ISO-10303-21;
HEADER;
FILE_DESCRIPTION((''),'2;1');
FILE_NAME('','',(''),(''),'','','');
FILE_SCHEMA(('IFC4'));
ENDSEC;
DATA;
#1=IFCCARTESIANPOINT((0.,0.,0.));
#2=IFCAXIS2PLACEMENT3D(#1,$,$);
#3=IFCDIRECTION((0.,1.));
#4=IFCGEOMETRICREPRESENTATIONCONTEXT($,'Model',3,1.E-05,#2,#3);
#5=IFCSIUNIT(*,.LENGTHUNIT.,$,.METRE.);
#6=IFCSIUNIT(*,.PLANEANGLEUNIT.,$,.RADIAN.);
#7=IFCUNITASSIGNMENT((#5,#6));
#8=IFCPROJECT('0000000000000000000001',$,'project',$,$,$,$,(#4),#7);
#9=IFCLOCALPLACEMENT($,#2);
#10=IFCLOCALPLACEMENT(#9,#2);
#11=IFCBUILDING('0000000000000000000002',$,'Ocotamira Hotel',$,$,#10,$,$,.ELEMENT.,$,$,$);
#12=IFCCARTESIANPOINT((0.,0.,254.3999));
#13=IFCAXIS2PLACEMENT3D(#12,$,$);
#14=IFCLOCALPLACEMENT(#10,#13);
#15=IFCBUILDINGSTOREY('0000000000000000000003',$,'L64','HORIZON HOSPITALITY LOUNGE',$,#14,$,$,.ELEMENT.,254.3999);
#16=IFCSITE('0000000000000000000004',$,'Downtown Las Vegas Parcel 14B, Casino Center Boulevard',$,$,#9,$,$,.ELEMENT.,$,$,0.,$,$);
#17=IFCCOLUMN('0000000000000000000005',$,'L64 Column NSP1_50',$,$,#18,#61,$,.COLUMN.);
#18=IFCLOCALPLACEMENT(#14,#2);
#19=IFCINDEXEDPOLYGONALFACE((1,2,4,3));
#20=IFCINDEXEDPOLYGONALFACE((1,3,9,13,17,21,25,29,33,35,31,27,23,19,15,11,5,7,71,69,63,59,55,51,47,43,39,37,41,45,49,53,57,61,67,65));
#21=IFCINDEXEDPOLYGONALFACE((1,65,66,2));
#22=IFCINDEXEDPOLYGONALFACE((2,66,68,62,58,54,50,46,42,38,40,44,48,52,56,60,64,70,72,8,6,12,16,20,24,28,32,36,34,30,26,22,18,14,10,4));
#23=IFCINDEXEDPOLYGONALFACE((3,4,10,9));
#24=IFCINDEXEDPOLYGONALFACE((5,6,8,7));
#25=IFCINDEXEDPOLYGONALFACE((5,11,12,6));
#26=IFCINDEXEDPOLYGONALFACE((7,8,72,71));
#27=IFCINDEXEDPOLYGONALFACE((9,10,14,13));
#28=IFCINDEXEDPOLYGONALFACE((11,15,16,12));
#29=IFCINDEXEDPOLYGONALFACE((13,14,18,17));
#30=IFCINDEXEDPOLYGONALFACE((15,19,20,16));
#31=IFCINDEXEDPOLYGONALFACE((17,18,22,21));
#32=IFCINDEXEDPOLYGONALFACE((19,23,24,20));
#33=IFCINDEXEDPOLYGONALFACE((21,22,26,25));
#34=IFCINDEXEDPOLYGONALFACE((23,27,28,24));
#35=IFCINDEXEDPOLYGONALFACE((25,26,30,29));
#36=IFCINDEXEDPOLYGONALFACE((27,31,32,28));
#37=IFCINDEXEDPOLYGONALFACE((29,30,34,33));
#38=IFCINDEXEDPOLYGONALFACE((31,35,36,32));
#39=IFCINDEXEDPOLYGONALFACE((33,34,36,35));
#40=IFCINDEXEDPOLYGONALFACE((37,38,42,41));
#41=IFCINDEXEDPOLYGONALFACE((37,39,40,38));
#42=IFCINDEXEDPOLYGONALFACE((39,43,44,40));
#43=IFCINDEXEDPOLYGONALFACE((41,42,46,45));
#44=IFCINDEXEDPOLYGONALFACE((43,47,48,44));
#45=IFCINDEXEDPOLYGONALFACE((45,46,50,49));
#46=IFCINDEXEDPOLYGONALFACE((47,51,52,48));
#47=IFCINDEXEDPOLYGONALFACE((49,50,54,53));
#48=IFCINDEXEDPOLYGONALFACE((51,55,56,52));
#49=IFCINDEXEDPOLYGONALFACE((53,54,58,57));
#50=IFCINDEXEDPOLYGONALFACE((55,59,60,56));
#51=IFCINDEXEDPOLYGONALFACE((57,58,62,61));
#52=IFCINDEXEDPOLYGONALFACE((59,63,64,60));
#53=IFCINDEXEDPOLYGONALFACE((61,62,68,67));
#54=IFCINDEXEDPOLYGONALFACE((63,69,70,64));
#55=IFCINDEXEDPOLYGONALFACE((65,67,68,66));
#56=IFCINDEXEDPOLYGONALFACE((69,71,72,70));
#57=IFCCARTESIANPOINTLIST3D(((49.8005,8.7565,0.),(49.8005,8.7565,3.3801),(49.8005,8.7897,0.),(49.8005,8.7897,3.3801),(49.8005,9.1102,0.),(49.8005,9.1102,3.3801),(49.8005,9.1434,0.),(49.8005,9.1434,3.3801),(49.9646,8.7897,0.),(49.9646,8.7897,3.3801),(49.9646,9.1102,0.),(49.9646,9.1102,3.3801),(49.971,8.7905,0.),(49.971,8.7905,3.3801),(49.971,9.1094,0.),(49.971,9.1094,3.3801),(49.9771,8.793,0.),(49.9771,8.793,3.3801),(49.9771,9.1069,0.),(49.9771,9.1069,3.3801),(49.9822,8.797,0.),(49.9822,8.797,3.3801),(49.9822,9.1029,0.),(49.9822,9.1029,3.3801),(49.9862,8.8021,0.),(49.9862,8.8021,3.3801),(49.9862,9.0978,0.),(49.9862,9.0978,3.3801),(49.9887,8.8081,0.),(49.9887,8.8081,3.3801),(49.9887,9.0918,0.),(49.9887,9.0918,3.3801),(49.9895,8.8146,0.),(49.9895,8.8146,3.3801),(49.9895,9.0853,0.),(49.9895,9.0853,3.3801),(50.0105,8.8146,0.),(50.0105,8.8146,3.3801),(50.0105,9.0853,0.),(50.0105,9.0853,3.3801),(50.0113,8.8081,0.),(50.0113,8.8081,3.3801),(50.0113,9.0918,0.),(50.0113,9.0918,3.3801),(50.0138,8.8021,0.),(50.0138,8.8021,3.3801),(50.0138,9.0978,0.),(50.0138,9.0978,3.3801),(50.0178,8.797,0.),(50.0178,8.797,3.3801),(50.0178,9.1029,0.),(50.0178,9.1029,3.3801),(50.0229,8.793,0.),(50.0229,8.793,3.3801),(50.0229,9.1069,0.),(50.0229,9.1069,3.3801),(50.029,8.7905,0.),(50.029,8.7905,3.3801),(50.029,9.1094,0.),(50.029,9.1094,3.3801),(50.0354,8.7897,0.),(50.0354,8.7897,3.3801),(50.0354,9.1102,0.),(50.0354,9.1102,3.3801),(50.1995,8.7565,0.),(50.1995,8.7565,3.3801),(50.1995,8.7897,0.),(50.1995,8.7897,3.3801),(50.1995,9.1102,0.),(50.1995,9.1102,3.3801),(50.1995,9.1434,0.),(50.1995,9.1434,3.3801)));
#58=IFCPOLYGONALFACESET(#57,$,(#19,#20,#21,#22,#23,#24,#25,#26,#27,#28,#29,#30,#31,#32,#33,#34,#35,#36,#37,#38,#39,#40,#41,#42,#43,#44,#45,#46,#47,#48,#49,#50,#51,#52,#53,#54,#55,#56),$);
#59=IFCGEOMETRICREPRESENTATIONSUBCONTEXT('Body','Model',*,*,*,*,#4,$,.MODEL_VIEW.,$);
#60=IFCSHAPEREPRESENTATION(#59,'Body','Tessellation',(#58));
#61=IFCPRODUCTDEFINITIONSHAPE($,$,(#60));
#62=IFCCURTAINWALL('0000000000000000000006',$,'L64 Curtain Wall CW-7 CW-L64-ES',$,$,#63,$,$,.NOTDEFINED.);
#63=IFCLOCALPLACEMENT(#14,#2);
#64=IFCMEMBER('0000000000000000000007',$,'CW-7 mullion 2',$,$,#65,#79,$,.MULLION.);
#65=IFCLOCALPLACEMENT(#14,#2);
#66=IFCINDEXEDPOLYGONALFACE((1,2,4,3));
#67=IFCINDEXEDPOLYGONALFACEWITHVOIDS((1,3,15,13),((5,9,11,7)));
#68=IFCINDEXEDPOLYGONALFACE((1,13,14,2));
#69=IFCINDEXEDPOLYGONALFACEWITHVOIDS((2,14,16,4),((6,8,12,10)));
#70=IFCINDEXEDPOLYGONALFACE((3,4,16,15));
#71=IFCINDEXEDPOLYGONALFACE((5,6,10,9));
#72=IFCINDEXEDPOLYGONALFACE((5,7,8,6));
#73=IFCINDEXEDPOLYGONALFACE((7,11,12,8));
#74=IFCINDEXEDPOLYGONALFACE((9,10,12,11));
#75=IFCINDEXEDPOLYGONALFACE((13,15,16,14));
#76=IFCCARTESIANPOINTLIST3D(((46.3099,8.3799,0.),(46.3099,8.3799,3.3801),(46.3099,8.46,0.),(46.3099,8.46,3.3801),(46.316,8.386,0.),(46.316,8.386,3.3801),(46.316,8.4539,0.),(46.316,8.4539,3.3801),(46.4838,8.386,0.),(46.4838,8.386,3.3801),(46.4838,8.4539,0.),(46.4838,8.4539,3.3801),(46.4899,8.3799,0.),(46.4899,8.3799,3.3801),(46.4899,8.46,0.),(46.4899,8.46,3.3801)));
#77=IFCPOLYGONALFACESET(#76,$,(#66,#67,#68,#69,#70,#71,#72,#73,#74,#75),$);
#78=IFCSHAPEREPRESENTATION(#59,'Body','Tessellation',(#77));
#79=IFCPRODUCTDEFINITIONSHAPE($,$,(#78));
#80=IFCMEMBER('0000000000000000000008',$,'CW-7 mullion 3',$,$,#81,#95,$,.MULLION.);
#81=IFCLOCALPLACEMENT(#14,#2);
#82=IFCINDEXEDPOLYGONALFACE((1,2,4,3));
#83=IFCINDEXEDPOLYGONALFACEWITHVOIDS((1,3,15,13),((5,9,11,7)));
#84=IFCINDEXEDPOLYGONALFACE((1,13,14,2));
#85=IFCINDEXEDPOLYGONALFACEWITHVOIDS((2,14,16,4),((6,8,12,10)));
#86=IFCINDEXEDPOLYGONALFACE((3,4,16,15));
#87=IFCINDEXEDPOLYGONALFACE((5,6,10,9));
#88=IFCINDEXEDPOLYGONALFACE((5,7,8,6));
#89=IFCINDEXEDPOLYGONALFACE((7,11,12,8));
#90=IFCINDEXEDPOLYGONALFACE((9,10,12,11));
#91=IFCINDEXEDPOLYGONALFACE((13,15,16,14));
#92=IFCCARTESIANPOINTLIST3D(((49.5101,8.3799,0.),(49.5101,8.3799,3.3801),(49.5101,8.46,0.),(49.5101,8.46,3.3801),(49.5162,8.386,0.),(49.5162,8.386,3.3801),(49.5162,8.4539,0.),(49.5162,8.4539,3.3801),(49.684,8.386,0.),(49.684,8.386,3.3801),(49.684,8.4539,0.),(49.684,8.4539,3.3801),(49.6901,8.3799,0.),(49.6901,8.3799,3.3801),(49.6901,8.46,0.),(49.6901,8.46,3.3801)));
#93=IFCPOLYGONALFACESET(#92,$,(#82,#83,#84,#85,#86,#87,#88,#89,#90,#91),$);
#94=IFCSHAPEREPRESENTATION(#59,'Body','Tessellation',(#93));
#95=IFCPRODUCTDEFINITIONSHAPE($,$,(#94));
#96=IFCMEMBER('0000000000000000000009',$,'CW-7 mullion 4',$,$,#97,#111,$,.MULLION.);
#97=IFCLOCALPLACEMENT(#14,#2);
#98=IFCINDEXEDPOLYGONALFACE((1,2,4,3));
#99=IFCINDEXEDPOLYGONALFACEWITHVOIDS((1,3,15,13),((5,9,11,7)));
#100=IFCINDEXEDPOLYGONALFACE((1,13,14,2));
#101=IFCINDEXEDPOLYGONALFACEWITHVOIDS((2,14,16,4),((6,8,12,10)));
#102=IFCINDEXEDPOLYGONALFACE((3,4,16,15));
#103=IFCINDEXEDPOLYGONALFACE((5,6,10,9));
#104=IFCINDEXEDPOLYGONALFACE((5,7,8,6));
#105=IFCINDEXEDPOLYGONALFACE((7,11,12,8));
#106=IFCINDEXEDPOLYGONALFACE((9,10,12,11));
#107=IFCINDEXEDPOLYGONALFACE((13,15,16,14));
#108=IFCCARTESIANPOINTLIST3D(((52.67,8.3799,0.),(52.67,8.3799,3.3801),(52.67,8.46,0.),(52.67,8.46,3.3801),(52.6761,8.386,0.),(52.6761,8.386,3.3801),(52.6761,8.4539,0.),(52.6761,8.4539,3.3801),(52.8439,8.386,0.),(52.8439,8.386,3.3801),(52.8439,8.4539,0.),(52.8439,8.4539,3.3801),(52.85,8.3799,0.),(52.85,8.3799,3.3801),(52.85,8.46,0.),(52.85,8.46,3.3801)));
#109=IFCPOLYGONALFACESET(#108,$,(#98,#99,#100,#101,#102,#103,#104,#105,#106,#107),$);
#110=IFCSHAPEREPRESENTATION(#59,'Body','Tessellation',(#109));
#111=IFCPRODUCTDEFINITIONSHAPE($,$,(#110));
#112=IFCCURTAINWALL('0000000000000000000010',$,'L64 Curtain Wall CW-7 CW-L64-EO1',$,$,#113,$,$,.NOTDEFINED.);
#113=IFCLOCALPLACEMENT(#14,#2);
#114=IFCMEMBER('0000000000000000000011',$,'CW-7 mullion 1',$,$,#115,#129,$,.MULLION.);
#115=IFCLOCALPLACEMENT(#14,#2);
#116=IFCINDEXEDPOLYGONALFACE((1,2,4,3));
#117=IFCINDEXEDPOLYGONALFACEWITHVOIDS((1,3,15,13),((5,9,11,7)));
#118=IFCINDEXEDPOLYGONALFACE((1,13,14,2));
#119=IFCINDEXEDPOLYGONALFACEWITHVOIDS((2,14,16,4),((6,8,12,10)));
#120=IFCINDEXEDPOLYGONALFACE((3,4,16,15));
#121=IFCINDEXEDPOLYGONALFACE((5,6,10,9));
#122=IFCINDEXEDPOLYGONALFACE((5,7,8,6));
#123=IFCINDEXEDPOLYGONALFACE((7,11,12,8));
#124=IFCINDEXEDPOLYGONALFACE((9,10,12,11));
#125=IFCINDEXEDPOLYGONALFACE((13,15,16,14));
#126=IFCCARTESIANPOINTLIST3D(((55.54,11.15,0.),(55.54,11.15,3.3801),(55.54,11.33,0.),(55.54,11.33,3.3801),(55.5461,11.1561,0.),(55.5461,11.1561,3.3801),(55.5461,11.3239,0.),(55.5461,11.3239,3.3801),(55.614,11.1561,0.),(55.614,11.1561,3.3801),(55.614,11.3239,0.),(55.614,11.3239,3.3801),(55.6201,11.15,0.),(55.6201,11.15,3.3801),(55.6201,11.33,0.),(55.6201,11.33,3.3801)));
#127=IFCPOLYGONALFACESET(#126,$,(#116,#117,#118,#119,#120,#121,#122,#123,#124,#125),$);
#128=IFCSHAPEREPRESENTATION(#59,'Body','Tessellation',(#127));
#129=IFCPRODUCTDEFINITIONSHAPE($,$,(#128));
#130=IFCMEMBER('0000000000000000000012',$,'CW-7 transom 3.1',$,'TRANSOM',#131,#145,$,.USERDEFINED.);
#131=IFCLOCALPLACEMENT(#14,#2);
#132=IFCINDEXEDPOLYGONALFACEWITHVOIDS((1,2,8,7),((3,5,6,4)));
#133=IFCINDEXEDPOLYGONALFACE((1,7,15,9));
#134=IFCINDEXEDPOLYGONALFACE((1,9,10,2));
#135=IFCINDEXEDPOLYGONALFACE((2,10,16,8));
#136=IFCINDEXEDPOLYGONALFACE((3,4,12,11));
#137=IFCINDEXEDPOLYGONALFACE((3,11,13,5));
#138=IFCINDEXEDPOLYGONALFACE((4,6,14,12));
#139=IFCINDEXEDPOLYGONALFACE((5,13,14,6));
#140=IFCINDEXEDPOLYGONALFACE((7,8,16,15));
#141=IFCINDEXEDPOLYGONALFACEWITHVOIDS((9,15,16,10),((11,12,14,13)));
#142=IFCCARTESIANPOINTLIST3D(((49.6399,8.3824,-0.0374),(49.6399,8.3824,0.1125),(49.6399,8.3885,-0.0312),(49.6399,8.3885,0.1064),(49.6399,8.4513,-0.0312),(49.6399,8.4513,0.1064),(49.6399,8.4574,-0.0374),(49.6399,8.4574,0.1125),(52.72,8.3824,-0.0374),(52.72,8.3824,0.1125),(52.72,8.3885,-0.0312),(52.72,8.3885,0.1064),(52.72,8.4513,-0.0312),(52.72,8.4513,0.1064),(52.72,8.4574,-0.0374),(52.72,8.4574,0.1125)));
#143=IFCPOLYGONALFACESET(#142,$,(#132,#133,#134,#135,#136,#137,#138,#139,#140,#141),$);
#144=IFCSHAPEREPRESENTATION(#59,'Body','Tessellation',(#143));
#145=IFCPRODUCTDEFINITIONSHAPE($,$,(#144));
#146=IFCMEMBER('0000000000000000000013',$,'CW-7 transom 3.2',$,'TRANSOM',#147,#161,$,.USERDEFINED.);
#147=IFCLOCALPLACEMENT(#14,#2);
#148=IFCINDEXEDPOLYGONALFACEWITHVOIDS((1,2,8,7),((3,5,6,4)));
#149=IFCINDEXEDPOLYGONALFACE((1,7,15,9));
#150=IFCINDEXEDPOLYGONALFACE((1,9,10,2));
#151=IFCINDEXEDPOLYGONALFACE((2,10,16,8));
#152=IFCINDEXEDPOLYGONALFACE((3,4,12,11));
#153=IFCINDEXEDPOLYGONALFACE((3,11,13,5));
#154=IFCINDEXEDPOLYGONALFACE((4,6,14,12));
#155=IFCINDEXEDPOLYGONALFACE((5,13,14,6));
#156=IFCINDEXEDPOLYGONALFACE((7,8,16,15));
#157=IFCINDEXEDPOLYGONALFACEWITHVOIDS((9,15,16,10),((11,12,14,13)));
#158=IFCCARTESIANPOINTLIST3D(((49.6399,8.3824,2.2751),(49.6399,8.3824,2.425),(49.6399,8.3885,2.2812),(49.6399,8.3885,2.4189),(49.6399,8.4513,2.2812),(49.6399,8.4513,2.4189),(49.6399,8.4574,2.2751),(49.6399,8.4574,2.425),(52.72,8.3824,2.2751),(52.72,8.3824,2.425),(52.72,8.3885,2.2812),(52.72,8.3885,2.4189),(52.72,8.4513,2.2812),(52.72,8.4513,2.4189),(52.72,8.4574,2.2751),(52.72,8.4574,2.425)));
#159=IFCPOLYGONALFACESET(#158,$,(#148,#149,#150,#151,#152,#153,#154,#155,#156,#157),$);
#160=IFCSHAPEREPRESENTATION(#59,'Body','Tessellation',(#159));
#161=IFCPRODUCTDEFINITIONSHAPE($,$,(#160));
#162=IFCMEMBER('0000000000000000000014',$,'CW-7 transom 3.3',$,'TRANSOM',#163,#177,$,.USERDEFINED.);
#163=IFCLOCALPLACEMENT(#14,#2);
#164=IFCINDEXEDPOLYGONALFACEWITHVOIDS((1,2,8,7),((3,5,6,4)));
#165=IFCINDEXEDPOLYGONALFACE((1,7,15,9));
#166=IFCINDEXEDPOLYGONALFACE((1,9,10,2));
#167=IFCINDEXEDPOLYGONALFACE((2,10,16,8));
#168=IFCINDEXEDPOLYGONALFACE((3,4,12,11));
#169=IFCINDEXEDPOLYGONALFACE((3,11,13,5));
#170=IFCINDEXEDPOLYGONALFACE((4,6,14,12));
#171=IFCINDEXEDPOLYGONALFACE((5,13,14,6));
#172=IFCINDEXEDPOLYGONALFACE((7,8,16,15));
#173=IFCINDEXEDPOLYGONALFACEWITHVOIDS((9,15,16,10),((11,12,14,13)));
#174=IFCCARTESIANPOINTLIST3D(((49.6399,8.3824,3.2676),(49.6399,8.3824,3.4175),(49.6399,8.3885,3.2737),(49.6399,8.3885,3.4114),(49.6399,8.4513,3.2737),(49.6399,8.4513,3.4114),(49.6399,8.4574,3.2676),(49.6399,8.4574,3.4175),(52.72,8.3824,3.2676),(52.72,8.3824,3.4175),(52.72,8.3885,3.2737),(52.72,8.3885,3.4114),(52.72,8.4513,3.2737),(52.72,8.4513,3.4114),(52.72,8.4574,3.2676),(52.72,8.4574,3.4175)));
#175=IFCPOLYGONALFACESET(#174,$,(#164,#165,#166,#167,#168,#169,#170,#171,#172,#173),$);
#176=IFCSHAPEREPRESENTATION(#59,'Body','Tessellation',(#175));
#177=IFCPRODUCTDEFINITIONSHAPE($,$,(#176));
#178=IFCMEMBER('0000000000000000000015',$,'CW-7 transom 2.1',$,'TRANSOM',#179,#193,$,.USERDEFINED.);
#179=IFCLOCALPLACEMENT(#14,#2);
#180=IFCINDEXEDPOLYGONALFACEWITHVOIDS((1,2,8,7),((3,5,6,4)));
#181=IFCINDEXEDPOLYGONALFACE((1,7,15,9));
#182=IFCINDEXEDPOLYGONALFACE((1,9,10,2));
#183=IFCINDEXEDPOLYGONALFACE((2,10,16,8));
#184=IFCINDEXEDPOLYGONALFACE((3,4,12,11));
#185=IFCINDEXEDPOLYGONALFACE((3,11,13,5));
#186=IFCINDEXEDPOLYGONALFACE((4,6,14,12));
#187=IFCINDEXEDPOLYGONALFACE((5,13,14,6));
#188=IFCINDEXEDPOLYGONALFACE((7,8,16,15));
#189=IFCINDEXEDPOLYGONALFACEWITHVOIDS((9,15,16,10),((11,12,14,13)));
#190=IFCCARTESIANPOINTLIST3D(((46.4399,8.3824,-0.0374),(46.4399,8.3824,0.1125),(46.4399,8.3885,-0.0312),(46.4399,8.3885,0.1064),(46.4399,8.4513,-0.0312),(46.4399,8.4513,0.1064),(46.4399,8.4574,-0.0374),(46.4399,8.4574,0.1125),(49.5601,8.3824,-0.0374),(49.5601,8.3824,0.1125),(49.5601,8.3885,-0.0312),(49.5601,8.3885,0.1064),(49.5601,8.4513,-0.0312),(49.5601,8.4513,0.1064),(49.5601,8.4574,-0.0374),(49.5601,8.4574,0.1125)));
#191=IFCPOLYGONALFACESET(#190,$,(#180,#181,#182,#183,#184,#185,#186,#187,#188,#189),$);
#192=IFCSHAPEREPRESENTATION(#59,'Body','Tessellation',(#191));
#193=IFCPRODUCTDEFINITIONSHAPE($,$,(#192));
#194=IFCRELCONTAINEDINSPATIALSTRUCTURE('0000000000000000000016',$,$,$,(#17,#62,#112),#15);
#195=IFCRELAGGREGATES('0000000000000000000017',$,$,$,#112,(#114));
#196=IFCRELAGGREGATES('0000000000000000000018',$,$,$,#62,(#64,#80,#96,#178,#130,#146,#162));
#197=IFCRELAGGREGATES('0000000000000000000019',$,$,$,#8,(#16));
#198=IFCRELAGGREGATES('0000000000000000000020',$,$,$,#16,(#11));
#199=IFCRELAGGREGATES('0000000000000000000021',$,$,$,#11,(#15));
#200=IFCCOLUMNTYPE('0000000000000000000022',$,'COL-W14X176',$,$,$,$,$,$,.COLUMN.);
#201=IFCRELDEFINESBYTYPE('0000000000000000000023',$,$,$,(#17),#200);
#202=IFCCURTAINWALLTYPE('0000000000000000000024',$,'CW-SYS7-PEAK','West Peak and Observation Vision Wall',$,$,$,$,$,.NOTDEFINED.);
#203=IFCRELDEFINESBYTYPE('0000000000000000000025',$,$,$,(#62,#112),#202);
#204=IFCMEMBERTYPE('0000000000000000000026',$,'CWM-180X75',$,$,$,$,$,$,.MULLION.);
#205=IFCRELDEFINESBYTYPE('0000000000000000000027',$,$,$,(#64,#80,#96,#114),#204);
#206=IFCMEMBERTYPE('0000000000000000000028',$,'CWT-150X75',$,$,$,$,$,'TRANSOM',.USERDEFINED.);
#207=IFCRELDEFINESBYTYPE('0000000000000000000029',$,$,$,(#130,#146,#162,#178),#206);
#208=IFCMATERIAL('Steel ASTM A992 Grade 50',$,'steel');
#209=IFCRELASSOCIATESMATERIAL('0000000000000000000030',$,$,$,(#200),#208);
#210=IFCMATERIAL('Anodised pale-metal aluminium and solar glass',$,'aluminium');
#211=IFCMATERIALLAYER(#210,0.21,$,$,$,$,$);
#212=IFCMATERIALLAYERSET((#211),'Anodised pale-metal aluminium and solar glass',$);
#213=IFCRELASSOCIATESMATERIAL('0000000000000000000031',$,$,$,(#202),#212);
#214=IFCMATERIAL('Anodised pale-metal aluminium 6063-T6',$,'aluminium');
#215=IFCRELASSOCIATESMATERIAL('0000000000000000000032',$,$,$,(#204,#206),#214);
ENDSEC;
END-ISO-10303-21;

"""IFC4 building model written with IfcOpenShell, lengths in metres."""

from ifc_helpers import new_model, si_unit, direction, frame, origin, origin_2d, place, context, subcontext, project, spatial, hollow_rectangle, i_section, extrude, source, transform, mapped, material, layer, layer_set, material_profile, profile_set, type_object, element, aggregate, save


model = new_model("IFC4")

# Units and contexts
model_context = context("Model", 3, precision=1e-05, world=origin(), true_north=direction((0.0, 1.0)))
body_context = subcontext(model_context, "Body", "Model", "MODEL_VIEW")
ifc_project = project(units=[si_unit("LENGTHUNIT", "METRE"), si_unit("PLANEANGLEUNIT", "RADIAN")], contexts=[model_context])

# Site, building, storey
site_placement = place(None, origin())
site = spatial("IfcSite", under=ifc_project, at=site_placement, Name="Downtown Las Vegas Parcel 14B, Casino Center Boulevard", CompositionType="ELEMENT", RefElevation=0.0)
building_placement = place(site_placement, origin())
building = spatial("IfcBuilding", under=site, at=building_placement, Name="Ocotamira Hotel", CompositionType="ELEMENT")
storey_placement = place(building_placement, frame((0.0, 0.0, 254.3999)))
storey = spatial("IfcBuildingStorey", under=building, at=storey_placement, Name="L64", Description="HORIZON HOSPITALITY LOUNGE", CompositionType="ELEMENT", Elevation=254.3999)

# Column
ifc_material_1 = material(Name="Steel ASTM A992 Grade 50", Category="steel")
ifc_material_profile_1 = material_profile(ifc_material_1, i_section(OverallWidth=0.3989, OverallDepth=0.387, WebThickness=0.021, FlangeThickness=0.0332, FilletRadius=0.0249, at=origin_2d()), Name="W14X176")
ifc_profile_set_1 = profile_set([ifc_material_profile_1], Name="Steel ASTM A992 Grade 50")
column_type = type_object("IfcColumnType", Name="COL-W14X176", PredefinedType="COLUMN", material=ifc_profile_set_1)
shared_shape_1 = source(origin(), body_context, "Body", "SweptSolid", [
    extrude(i_section(OverallWidth=0.3989, OverallDepth=0.387, WebThickness=0.021, FlangeThickness=0.0332, FilletRadius=0.0249, at=origin_2d()), origin(), (0.0, 0.0, 1.0), 3.3801),
])
column_placement = place(storey_placement, frame((50.0, 8.95, 0.0), z_axis=(0.0, 0.0, 1.0), x_axis=(1.0, 0.0, 0.0)))
element("IfcColumn", 1, at=column_placement, inside=storey, type_object=column_type, Name="L64 Column NSP1_50", PredefinedType="COLUMN", context=body_context, shape_type="MappedRepresentation", body=[
    mapped(shared_shape_1, transform((0.0, 0.0, 0.0), scale=1.0)),
])

# Curtain wall, members
ifc_material_2 = material(Name="Anodised pale-metal aluminium and solar glass", Category="aluminium")
ifc_layer_1 = layer(ifc_material_2, 0.21)
ifc_layer_set_1 = layer_set([ifc_layer_1], Name="Anodised pale-metal aluminium and solar glass")
curtain_wall_type = type_object("IfcCurtainWallType", Name="CW-SYS7-PEAK", Description="West Peak and Observation Vision Wall", PredefinedType="NOTDEFINED", material=ifc_layer_set_1)
curtain_wall_1_placement = place(storey_placement, origin())
curtain_wall_1 = element("IfcCurtainWall", 2, at=curtain_wall_1_placement, inside=storey, type_object=curtain_wall_type, Name="L64 Curtain Wall CW-7 CW-L64-ES", PredefinedType="NOTDEFINED")
ifc_material_3 = material(Name="Anodised pale-metal aluminium 6063-T6", Category="aluminium")
ifc_material_profile_2 = material_profile(ifc_material_3, hollow_rectangle(XDim=0.0801, YDim=0.1799, WallThickness=0.0061, at=origin_2d()), Name="HSS180X80X6")
ifc_profile_set_2 = profile_set([ifc_material_profile_2], Name="Anodised pale-metal aluminium 6063-T6")
member_type_1 = type_object("IfcMemberType", Name="CWM-180X75", PredefinedType="MULLION", material=ifc_profile_set_2)
shared_shape_2 = source(origin(), body_context, "Body", "SweptSolid", [
    extrude(hollow_rectangle(XDim=0.0801, YDim=0.1799, WallThickness=0.0061, at=origin_2d()), origin(), (0.0, 0.0, 1.0), 3.3801),
])
member_1_placement = place(storey_placement, frame((46.3999, 8.4199, 0.0), z_axis=(0.0, 0.0, 1.0), x_axis=(0.0, 1.0, 0.0)))
member_1 = element("IfcMember", 3, at=member_1_placement, type_object=member_type_1, Name="CW-7 mullion 2", PredefinedType="MULLION", context=body_context, shape_type="MappedRepresentation", body=[
    mapped(shared_shape_2, transform((0.0, 0.0, 0.0), scale=1.0)),
])
member_2_placement = place(storey_placement, frame((49.6001, 8.4199, 0.0), z_axis=(0.0, 0.0, 1.0), x_axis=(0.0, 1.0, 0.0)))
member_2 = element("IfcMember", 4, at=member_2_placement, type_object=member_type_1, Name="CW-7 mullion 3", PredefinedType="MULLION", context=body_context, shape_type="MappedRepresentation", body=[
    mapped(shared_shape_2, transform((0.0, 0.0, 0.0), scale=1.0)),
])
member_3_placement = place(storey_placement, frame((52.76, 8.4199, 0.0), z_axis=(0.0, 0.0, 1.0), x_axis=(0.0, 1.0, 0.0)))
member_3 = element("IfcMember", 5, at=member_3_placement, type_object=member_type_1, Name="CW-7 mullion 4", PredefinedType="MULLION", context=body_context, shape_type="MappedRepresentation", body=[
    mapped(shared_shape_2, transform((0.0, 0.0, 0.0), scale=1.0)),
])

# Curtain wall, member
curtain_wall_2_placement = place(storey_placement, origin())
curtain_wall_2 = element("IfcCurtainWall", 6, at=curtain_wall_2_placement, inside=storey, type_object=curtain_wall_type, Name="L64 Curtain Wall CW-7 CW-L64-EO1", PredefinedType="NOTDEFINED")
member_4_placement = place(storey_placement, frame((55.5801, 11.24, 0.0), z_axis=(0.0, 0.0, 1.0), x_axis=(-1.0, 0.0, 0.0)))
member_4 = element("IfcMember", 7, at=member_4_placement, type_object=member_type_1, Name="CW-7 mullion 1", PredefinedType="MULLION", context=body_context, shape_type="MappedRepresentation", body=[
    mapped(shared_shape_2, transform((0.0, 0.0, 0.0), scale=1.0)),
])

# Members
ifc_material_profile_3 = material_profile(ifc_material_3, hollow_rectangle(XDim=0.075, YDim=0.1499, WallThickness=0.0061, at=origin_2d()), Name="HSS150X75X6")
ifc_profile_set_3 = profile_set([ifc_material_profile_3], Name="Anodised pale-metal aluminium 6063-T6")
member_type_2 = type_object("IfcMemberType", Name="CWT-150X75", ElementType="TRANSOM", PredefinedType="USERDEFINED", material=ifc_profile_set_3)
shared_shape_3 = source(origin(), body_context, "Body", "SweptSolid", [
    extrude(hollow_rectangle(XDim=0.075, YDim=0.1499, WallThickness=0.0061, at=origin_2d()), origin(), (0.0, 0.0, 1.0), 3.0801),
])
member_5_placement = place(storey_placement, frame((49.6399, 8.4199, 0.0376), z_axis=(1.0, 0.0, 0.0), x_axis=(0.0, 1.0, 0.0)))
member_5 = element("IfcMember", 8, at=member_5_placement, type_object=member_type_2, Name="CW-7 transom 3.1", ObjectType="TRANSOM", PredefinedType="USERDEFINED", context=body_context, shape_type="MappedRepresentation", body=[
    mapped(shared_shape_3, transform((0.0, 0.0, 0.0), scale=1.0)),
])
member_6_placement = place(storey_placement, frame((49.6399, 8.4199, 2.3501), z_axis=(1.0, 0.0, 0.0), x_axis=(0.0, 1.0, 0.0)))
member_6 = element("IfcMember", 9, at=member_6_placement, type_object=member_type_2, Name="CW-7 transom 3.2", ObjectType="TRANSOM", PredefinedType="USERDEFINED", context=body_context, shape_type="MappedRepresentation", body=[
    mapped(shared_shape_3, transform((0.0, 0.0, 0.0), scale=1.0)),
])
member_7_placement = place(storey_placement, frame((49.6399, 8.4199, 3.3425), z_axis=(1.0, 0.0, 0.0), x_axis=(0.0, 1.0, 0.0)))
member_7 = element("IfcMember", 10, at=member_7_placement, type_object=member_type_2, Name="CW-7 transom 3.3", ObjectType="TRANSOM", PredefinedType="USERDEFINED", context=body_context, shape_type="MappedRepresentation", body=[
    mapped(shared_shape_3, transform((0.0, 0.0, 0.0), scale=1.0)),
])
shared_shape_4 = source(origin(), body_context, "Body", "SweptSolid", [
    extrude(hollow_rectangle(XDim=0.075, YDim=0.1499, WallThickness=0.0061, at=origin_2d()), origin(), (0.0, 0.0, 1.0), 3.1201),
])
member_8_placement = place(storey_placement, frame((46.4399, 8.4199, 0.0376), z_axis=(1.0, 0.0, 0.0), x_axis=(0.0, 1.0, 0.0)))
member_8 = element("IfcMember", 11, at=member_8_placement, type_object=member_type_2, Name="CW-7 transom 2.1", ObjectType="TRANSOM", PredefinedType="USERDEFINED", context=body_context, shape_type="MappedRepresentation", body=[
    mapped(shared_shape_4, transform((0.0, 0.0, 0.0), scale=1.0)),
])
aggregate(curtain_wall_2, [member_4])

aggregate(curtain_wall_1, [member_1, member_2, member_3, member_8, member_5, member_6, member_7])

save(model, "model.ifc")
